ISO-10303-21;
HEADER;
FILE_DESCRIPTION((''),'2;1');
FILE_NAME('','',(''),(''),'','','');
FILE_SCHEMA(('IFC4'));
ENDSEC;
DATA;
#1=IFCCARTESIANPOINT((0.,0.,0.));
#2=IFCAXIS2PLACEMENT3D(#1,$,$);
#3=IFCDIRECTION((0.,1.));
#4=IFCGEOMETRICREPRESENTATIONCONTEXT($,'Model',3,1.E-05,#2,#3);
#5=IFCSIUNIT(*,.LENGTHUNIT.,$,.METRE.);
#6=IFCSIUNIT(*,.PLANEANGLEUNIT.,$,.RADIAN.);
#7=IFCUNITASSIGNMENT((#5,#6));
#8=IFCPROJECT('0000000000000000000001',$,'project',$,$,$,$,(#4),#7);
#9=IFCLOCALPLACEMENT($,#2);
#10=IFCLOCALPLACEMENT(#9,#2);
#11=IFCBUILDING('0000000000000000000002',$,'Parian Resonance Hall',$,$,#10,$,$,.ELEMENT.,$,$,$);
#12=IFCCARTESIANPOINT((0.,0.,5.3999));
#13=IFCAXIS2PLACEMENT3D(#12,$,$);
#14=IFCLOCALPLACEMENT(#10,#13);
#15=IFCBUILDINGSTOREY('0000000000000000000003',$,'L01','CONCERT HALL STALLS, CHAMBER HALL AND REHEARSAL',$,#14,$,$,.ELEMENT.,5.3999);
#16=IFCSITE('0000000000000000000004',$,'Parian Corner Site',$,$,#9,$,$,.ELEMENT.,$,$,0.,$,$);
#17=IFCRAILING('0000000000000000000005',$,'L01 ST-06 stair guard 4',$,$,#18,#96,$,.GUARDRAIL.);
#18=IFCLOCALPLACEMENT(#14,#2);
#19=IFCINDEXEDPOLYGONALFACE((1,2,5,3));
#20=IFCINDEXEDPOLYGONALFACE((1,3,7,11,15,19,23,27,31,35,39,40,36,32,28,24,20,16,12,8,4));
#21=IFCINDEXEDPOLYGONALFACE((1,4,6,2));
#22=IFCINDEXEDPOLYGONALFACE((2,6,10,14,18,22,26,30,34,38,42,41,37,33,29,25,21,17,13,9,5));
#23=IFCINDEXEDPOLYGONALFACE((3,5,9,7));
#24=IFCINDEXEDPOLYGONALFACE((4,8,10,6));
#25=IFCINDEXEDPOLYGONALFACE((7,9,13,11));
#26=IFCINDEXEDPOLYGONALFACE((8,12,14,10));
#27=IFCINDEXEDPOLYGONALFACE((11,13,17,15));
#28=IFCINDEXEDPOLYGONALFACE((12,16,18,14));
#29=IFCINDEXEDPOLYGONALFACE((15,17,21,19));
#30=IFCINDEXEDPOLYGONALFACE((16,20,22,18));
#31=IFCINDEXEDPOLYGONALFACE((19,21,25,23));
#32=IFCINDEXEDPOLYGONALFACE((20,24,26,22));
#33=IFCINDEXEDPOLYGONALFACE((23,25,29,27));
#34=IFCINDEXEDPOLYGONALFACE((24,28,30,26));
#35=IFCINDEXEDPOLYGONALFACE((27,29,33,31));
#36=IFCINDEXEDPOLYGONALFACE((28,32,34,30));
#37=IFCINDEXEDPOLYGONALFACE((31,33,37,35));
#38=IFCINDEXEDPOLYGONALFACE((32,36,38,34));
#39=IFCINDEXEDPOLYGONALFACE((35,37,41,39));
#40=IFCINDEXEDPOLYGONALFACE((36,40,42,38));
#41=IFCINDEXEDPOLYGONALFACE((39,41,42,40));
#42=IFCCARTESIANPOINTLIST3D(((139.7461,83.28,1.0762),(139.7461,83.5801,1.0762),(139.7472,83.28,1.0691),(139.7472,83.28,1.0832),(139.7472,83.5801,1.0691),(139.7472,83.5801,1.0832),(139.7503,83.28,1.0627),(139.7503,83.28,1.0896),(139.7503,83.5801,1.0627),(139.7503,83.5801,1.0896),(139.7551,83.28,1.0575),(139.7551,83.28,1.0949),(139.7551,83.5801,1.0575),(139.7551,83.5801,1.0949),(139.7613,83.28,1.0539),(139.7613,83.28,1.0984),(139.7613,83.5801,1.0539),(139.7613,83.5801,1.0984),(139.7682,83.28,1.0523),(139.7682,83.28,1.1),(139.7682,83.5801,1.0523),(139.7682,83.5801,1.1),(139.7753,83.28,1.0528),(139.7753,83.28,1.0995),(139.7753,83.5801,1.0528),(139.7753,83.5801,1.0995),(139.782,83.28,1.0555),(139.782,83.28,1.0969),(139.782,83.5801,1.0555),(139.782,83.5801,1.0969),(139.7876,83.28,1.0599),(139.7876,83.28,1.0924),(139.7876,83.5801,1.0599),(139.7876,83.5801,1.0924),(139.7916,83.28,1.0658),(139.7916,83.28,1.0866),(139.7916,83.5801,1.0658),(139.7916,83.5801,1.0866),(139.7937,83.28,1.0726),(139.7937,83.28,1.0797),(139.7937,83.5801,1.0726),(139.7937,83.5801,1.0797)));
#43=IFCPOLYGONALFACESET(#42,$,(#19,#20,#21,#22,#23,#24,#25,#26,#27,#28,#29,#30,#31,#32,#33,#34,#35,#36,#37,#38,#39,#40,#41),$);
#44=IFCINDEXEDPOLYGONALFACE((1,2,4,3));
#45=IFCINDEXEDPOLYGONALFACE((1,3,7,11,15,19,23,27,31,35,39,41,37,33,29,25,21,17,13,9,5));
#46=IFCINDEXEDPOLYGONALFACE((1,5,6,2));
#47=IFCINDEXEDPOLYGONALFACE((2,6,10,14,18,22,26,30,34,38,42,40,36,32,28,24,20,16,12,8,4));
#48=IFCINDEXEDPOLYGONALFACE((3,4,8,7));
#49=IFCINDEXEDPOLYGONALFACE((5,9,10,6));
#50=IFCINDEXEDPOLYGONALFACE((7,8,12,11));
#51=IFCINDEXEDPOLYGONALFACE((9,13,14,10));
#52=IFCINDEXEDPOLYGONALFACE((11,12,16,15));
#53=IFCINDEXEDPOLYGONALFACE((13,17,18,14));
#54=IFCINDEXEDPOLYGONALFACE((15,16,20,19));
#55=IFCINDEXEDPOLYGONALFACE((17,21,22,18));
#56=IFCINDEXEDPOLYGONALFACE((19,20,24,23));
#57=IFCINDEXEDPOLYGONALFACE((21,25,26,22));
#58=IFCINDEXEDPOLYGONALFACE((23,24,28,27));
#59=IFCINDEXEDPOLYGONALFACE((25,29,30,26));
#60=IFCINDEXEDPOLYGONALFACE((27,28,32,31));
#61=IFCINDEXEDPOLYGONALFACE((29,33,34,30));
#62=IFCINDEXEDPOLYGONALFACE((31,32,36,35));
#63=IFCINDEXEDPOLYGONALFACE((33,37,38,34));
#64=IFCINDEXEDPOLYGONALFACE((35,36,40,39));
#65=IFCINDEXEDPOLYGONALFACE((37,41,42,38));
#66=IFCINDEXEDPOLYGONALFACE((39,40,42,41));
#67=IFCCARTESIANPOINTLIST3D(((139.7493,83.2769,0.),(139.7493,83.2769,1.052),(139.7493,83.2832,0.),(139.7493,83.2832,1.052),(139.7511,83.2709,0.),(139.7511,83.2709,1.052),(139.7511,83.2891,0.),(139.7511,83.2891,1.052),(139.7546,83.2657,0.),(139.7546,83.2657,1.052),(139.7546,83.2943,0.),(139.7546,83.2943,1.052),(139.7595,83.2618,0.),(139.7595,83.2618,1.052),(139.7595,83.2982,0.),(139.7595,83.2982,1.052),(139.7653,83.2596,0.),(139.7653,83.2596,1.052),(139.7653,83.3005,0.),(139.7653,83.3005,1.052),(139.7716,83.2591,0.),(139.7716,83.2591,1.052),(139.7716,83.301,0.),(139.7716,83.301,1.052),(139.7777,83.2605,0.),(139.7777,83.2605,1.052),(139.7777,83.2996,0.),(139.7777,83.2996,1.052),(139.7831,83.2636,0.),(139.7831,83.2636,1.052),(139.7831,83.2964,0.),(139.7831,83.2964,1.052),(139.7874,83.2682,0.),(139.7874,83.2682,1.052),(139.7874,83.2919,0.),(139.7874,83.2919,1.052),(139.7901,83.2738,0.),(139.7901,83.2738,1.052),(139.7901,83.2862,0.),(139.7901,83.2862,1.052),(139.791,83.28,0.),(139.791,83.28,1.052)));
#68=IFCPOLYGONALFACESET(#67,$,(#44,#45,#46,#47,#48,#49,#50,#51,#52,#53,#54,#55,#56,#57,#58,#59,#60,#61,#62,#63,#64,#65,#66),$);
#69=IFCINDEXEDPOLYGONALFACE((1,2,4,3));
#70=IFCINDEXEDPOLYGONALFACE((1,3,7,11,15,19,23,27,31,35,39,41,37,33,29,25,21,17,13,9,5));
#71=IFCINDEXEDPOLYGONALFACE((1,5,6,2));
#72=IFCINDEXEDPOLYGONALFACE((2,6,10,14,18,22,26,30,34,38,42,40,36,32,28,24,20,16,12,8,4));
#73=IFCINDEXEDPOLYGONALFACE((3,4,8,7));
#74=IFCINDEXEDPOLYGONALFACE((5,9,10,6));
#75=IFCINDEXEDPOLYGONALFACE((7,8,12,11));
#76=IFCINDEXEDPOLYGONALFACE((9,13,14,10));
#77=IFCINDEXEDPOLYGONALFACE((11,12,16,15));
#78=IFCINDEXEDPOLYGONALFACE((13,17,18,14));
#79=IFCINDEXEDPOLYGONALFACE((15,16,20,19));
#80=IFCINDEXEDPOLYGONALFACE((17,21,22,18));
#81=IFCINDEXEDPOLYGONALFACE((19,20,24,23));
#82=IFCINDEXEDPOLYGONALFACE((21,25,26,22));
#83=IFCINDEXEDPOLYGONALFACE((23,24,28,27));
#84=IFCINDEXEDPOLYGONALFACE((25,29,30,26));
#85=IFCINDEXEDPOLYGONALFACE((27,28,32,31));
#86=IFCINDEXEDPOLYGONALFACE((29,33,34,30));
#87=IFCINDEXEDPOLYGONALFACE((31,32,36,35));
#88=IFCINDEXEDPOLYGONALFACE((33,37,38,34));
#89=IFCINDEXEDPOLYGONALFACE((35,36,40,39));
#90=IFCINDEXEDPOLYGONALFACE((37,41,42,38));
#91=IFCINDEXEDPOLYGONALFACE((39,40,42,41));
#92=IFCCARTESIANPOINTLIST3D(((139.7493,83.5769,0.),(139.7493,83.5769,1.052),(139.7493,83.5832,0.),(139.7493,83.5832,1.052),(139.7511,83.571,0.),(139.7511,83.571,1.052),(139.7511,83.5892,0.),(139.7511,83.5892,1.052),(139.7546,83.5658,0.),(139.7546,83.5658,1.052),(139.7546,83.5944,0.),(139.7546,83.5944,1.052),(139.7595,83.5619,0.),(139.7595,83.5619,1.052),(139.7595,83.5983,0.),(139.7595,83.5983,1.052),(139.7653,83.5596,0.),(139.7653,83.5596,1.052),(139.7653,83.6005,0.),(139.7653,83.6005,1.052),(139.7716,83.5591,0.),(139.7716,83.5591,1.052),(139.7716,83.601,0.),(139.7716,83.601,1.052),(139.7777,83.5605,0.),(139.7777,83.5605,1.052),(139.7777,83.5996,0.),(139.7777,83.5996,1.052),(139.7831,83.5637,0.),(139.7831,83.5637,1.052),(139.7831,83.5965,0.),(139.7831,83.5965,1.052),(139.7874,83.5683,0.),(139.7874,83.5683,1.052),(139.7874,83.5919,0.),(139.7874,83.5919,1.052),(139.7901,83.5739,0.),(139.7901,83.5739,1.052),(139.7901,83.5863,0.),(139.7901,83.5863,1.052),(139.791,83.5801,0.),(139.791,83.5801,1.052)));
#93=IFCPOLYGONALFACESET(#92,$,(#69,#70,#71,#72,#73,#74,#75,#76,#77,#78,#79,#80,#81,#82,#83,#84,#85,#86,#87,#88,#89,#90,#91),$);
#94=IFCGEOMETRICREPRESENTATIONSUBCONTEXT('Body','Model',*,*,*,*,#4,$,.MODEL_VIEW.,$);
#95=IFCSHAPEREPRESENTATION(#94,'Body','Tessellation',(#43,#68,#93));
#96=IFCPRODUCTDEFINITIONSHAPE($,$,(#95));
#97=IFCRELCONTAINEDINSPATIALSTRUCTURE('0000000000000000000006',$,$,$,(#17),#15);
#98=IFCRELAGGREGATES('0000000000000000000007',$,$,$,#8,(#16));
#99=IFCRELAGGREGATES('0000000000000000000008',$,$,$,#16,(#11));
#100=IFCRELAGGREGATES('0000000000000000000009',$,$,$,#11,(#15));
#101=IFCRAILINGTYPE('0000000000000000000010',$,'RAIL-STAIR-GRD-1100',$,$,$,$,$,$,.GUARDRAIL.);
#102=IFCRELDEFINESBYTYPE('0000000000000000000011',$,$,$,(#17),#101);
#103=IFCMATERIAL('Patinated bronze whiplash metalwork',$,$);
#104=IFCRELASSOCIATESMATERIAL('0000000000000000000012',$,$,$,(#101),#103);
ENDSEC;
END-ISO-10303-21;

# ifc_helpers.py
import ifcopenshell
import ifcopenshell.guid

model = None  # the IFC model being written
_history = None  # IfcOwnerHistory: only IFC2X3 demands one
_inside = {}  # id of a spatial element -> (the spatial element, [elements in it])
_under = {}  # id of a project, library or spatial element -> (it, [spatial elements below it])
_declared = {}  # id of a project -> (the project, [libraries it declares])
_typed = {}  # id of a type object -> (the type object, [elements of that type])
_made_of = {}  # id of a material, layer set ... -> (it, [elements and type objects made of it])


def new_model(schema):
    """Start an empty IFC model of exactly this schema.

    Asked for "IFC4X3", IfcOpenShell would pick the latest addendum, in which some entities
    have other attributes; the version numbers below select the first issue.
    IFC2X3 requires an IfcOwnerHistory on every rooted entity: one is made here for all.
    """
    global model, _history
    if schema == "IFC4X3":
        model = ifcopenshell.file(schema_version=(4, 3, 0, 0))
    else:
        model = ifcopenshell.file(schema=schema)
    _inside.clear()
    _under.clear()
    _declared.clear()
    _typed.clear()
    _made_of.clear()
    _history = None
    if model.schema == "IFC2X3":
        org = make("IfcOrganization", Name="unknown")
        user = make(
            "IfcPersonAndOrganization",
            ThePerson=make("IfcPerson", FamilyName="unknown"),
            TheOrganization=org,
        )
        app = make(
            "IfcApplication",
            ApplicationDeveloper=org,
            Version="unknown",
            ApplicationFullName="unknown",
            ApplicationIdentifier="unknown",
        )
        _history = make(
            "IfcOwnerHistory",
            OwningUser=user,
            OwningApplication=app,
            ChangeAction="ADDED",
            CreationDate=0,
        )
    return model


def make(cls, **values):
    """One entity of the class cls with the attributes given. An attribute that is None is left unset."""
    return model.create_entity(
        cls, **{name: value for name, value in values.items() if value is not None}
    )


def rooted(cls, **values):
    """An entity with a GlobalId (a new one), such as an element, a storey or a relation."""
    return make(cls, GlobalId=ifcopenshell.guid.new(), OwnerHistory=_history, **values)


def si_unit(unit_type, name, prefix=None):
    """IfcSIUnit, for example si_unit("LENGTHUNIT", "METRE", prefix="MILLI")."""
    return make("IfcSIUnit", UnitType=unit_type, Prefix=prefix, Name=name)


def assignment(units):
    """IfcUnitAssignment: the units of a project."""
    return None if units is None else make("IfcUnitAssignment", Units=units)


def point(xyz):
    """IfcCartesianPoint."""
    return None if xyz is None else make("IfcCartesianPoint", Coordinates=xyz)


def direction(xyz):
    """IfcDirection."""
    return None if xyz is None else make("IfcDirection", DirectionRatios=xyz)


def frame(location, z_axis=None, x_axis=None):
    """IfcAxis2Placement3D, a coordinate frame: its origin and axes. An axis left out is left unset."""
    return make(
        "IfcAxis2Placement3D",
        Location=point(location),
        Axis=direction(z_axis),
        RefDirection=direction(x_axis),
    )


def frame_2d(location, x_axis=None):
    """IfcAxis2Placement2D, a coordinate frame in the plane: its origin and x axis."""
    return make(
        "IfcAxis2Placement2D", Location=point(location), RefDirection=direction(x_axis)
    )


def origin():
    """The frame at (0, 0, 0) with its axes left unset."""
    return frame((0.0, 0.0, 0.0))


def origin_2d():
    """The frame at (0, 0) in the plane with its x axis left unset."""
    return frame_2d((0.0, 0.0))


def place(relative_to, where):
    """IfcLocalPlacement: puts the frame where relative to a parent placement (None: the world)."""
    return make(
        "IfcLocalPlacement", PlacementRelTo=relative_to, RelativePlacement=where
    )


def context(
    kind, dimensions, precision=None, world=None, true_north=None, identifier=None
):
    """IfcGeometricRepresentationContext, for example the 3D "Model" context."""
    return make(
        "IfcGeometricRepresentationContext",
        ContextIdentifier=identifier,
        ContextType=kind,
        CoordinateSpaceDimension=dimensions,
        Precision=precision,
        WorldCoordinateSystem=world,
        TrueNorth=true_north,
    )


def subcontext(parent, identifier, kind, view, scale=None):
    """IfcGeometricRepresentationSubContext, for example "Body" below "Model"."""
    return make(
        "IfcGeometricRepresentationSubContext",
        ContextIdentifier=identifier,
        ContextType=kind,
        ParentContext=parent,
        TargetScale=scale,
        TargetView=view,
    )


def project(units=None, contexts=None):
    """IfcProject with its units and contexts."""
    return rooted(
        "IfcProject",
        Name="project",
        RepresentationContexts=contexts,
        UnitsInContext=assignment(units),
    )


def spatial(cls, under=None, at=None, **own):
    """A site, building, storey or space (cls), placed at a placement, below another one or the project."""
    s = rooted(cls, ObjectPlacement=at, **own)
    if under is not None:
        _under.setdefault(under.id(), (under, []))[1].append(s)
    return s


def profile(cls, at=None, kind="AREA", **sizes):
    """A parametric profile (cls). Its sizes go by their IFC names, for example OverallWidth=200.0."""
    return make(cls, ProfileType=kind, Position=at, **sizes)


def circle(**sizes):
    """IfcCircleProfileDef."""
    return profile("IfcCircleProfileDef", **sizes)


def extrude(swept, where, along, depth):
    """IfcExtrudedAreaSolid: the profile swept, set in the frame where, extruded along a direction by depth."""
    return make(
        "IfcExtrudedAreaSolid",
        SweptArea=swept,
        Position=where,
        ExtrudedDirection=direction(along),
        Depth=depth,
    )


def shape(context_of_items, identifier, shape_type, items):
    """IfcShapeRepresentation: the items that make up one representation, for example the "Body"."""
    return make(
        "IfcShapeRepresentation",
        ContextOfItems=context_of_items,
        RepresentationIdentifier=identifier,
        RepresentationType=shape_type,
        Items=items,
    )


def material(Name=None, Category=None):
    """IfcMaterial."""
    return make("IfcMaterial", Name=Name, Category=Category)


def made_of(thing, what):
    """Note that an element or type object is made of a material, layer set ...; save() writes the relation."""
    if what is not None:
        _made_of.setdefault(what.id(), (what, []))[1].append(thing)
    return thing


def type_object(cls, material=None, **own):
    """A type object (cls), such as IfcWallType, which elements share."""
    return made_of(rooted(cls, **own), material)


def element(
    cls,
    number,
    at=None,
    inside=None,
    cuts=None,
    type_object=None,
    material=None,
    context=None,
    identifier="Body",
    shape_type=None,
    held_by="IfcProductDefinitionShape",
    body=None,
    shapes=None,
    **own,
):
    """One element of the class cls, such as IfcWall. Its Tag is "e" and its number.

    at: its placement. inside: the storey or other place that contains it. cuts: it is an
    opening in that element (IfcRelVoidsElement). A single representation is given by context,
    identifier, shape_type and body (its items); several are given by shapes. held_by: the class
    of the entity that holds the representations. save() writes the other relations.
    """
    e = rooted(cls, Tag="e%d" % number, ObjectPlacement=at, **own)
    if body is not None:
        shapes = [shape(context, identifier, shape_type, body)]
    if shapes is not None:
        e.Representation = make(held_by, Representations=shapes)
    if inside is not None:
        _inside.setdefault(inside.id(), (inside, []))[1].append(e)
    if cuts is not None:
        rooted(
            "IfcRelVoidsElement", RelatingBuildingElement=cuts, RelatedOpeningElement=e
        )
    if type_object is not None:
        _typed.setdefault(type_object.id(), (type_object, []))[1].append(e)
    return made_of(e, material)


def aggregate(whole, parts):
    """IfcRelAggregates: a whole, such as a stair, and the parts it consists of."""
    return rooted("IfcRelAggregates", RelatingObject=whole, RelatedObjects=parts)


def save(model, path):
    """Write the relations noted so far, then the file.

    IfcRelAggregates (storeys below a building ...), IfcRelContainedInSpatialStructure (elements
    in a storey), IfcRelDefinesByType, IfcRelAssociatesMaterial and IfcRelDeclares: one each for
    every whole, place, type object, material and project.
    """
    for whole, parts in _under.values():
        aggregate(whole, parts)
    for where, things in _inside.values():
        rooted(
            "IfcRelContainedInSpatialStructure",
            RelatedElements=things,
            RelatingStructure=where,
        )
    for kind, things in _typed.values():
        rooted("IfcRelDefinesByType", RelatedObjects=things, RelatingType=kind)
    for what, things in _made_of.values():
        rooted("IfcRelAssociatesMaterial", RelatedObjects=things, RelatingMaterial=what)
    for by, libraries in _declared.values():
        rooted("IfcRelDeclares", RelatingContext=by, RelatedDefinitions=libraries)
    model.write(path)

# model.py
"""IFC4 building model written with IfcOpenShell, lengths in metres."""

from ifc_helpers import new_model, si_unit, direction, frame, origin, origin_2d, place, context, subcontext, project, spatial, circle, extrude, material, type_object, element, save


model = new_model("IFC4")

# Units and contexts
model_context = context("Model", 3, precision=1e-05, world=origin(), true_north=direction((0.0, 1.0)))
body_context = subcontext(model_context, "Body", "Model", "MODEL_VIEW")
ifc_project = project(units=[si_unit("LENGTHUNIT", "METRE"), si_unit("PLANEANGLEUNIT", "RADIAN")], contexts=[model_context])

# Site, building, storey
site_placement = place(None, origin())
site = spatial("IfcSite", under=ifc_project, at=site_placement, Name="Parian Corner Site", CompositionType="ELEMENT", RefElevation=0.0)
building_placement = place(site_placement, origin())
building = spatial("IfcBuilding", under=site, at=building_placement, Name="Parian Resonance Hall", CompositionType="ELEMENT")
storey_placement = place(building_placement, frame((0.0, 0.0, 5.3999)))
storey = spatial("IfcBuildingStorey", under=building, at=storey_placement, Name="L01", Description="CONCERT HALL STALLS, CHAMBER HALL AND REHEARSAL", CompositionType="ELEMENT", Elevation=5.3999)

# Railing
ifc_material_1 = material(Name="Patinated bronze whiplash metalwork")
railing_type_1 = type_object("IfcRailingType", Name="RAIL-STAIR-GRD-1100", PredefinedType="GUARDRAIL", material=ifc_material_1)
railing_1_placement = place(storey_placement, frame((139.77, 83.28, 0.0)))
element("IfcRailing", 1, at=railing_1_placement, inside=storey, type_object=railing_type_1, Name="L01 ST-06 stair guard 4", PredefinedType="GUARDRAIL", context=body_context, shape_type="SweptSolid", body=[
    extrude(circle(Radius=0.0239, at=origin_2d()), frame((0.0, 0.0, 1.0762), z_axis=(0.0, 1.0, 0.0), x_axis=(-1.0, 0.0, 0.0)), (0.0, 0.0, 1.0), 0.3),
    extrude(circle(Radius=0.021, at=origin_2d()), origin(), (0.0, 0.0, 1.0), 1.052),
    extrude(circle(Radius=0.021, at=origin_2d()), frame((0.0, 0.3, 0.0)), (0.0, 0.0, 1.0), 1.052),
])

save(model, "model.ifc")
